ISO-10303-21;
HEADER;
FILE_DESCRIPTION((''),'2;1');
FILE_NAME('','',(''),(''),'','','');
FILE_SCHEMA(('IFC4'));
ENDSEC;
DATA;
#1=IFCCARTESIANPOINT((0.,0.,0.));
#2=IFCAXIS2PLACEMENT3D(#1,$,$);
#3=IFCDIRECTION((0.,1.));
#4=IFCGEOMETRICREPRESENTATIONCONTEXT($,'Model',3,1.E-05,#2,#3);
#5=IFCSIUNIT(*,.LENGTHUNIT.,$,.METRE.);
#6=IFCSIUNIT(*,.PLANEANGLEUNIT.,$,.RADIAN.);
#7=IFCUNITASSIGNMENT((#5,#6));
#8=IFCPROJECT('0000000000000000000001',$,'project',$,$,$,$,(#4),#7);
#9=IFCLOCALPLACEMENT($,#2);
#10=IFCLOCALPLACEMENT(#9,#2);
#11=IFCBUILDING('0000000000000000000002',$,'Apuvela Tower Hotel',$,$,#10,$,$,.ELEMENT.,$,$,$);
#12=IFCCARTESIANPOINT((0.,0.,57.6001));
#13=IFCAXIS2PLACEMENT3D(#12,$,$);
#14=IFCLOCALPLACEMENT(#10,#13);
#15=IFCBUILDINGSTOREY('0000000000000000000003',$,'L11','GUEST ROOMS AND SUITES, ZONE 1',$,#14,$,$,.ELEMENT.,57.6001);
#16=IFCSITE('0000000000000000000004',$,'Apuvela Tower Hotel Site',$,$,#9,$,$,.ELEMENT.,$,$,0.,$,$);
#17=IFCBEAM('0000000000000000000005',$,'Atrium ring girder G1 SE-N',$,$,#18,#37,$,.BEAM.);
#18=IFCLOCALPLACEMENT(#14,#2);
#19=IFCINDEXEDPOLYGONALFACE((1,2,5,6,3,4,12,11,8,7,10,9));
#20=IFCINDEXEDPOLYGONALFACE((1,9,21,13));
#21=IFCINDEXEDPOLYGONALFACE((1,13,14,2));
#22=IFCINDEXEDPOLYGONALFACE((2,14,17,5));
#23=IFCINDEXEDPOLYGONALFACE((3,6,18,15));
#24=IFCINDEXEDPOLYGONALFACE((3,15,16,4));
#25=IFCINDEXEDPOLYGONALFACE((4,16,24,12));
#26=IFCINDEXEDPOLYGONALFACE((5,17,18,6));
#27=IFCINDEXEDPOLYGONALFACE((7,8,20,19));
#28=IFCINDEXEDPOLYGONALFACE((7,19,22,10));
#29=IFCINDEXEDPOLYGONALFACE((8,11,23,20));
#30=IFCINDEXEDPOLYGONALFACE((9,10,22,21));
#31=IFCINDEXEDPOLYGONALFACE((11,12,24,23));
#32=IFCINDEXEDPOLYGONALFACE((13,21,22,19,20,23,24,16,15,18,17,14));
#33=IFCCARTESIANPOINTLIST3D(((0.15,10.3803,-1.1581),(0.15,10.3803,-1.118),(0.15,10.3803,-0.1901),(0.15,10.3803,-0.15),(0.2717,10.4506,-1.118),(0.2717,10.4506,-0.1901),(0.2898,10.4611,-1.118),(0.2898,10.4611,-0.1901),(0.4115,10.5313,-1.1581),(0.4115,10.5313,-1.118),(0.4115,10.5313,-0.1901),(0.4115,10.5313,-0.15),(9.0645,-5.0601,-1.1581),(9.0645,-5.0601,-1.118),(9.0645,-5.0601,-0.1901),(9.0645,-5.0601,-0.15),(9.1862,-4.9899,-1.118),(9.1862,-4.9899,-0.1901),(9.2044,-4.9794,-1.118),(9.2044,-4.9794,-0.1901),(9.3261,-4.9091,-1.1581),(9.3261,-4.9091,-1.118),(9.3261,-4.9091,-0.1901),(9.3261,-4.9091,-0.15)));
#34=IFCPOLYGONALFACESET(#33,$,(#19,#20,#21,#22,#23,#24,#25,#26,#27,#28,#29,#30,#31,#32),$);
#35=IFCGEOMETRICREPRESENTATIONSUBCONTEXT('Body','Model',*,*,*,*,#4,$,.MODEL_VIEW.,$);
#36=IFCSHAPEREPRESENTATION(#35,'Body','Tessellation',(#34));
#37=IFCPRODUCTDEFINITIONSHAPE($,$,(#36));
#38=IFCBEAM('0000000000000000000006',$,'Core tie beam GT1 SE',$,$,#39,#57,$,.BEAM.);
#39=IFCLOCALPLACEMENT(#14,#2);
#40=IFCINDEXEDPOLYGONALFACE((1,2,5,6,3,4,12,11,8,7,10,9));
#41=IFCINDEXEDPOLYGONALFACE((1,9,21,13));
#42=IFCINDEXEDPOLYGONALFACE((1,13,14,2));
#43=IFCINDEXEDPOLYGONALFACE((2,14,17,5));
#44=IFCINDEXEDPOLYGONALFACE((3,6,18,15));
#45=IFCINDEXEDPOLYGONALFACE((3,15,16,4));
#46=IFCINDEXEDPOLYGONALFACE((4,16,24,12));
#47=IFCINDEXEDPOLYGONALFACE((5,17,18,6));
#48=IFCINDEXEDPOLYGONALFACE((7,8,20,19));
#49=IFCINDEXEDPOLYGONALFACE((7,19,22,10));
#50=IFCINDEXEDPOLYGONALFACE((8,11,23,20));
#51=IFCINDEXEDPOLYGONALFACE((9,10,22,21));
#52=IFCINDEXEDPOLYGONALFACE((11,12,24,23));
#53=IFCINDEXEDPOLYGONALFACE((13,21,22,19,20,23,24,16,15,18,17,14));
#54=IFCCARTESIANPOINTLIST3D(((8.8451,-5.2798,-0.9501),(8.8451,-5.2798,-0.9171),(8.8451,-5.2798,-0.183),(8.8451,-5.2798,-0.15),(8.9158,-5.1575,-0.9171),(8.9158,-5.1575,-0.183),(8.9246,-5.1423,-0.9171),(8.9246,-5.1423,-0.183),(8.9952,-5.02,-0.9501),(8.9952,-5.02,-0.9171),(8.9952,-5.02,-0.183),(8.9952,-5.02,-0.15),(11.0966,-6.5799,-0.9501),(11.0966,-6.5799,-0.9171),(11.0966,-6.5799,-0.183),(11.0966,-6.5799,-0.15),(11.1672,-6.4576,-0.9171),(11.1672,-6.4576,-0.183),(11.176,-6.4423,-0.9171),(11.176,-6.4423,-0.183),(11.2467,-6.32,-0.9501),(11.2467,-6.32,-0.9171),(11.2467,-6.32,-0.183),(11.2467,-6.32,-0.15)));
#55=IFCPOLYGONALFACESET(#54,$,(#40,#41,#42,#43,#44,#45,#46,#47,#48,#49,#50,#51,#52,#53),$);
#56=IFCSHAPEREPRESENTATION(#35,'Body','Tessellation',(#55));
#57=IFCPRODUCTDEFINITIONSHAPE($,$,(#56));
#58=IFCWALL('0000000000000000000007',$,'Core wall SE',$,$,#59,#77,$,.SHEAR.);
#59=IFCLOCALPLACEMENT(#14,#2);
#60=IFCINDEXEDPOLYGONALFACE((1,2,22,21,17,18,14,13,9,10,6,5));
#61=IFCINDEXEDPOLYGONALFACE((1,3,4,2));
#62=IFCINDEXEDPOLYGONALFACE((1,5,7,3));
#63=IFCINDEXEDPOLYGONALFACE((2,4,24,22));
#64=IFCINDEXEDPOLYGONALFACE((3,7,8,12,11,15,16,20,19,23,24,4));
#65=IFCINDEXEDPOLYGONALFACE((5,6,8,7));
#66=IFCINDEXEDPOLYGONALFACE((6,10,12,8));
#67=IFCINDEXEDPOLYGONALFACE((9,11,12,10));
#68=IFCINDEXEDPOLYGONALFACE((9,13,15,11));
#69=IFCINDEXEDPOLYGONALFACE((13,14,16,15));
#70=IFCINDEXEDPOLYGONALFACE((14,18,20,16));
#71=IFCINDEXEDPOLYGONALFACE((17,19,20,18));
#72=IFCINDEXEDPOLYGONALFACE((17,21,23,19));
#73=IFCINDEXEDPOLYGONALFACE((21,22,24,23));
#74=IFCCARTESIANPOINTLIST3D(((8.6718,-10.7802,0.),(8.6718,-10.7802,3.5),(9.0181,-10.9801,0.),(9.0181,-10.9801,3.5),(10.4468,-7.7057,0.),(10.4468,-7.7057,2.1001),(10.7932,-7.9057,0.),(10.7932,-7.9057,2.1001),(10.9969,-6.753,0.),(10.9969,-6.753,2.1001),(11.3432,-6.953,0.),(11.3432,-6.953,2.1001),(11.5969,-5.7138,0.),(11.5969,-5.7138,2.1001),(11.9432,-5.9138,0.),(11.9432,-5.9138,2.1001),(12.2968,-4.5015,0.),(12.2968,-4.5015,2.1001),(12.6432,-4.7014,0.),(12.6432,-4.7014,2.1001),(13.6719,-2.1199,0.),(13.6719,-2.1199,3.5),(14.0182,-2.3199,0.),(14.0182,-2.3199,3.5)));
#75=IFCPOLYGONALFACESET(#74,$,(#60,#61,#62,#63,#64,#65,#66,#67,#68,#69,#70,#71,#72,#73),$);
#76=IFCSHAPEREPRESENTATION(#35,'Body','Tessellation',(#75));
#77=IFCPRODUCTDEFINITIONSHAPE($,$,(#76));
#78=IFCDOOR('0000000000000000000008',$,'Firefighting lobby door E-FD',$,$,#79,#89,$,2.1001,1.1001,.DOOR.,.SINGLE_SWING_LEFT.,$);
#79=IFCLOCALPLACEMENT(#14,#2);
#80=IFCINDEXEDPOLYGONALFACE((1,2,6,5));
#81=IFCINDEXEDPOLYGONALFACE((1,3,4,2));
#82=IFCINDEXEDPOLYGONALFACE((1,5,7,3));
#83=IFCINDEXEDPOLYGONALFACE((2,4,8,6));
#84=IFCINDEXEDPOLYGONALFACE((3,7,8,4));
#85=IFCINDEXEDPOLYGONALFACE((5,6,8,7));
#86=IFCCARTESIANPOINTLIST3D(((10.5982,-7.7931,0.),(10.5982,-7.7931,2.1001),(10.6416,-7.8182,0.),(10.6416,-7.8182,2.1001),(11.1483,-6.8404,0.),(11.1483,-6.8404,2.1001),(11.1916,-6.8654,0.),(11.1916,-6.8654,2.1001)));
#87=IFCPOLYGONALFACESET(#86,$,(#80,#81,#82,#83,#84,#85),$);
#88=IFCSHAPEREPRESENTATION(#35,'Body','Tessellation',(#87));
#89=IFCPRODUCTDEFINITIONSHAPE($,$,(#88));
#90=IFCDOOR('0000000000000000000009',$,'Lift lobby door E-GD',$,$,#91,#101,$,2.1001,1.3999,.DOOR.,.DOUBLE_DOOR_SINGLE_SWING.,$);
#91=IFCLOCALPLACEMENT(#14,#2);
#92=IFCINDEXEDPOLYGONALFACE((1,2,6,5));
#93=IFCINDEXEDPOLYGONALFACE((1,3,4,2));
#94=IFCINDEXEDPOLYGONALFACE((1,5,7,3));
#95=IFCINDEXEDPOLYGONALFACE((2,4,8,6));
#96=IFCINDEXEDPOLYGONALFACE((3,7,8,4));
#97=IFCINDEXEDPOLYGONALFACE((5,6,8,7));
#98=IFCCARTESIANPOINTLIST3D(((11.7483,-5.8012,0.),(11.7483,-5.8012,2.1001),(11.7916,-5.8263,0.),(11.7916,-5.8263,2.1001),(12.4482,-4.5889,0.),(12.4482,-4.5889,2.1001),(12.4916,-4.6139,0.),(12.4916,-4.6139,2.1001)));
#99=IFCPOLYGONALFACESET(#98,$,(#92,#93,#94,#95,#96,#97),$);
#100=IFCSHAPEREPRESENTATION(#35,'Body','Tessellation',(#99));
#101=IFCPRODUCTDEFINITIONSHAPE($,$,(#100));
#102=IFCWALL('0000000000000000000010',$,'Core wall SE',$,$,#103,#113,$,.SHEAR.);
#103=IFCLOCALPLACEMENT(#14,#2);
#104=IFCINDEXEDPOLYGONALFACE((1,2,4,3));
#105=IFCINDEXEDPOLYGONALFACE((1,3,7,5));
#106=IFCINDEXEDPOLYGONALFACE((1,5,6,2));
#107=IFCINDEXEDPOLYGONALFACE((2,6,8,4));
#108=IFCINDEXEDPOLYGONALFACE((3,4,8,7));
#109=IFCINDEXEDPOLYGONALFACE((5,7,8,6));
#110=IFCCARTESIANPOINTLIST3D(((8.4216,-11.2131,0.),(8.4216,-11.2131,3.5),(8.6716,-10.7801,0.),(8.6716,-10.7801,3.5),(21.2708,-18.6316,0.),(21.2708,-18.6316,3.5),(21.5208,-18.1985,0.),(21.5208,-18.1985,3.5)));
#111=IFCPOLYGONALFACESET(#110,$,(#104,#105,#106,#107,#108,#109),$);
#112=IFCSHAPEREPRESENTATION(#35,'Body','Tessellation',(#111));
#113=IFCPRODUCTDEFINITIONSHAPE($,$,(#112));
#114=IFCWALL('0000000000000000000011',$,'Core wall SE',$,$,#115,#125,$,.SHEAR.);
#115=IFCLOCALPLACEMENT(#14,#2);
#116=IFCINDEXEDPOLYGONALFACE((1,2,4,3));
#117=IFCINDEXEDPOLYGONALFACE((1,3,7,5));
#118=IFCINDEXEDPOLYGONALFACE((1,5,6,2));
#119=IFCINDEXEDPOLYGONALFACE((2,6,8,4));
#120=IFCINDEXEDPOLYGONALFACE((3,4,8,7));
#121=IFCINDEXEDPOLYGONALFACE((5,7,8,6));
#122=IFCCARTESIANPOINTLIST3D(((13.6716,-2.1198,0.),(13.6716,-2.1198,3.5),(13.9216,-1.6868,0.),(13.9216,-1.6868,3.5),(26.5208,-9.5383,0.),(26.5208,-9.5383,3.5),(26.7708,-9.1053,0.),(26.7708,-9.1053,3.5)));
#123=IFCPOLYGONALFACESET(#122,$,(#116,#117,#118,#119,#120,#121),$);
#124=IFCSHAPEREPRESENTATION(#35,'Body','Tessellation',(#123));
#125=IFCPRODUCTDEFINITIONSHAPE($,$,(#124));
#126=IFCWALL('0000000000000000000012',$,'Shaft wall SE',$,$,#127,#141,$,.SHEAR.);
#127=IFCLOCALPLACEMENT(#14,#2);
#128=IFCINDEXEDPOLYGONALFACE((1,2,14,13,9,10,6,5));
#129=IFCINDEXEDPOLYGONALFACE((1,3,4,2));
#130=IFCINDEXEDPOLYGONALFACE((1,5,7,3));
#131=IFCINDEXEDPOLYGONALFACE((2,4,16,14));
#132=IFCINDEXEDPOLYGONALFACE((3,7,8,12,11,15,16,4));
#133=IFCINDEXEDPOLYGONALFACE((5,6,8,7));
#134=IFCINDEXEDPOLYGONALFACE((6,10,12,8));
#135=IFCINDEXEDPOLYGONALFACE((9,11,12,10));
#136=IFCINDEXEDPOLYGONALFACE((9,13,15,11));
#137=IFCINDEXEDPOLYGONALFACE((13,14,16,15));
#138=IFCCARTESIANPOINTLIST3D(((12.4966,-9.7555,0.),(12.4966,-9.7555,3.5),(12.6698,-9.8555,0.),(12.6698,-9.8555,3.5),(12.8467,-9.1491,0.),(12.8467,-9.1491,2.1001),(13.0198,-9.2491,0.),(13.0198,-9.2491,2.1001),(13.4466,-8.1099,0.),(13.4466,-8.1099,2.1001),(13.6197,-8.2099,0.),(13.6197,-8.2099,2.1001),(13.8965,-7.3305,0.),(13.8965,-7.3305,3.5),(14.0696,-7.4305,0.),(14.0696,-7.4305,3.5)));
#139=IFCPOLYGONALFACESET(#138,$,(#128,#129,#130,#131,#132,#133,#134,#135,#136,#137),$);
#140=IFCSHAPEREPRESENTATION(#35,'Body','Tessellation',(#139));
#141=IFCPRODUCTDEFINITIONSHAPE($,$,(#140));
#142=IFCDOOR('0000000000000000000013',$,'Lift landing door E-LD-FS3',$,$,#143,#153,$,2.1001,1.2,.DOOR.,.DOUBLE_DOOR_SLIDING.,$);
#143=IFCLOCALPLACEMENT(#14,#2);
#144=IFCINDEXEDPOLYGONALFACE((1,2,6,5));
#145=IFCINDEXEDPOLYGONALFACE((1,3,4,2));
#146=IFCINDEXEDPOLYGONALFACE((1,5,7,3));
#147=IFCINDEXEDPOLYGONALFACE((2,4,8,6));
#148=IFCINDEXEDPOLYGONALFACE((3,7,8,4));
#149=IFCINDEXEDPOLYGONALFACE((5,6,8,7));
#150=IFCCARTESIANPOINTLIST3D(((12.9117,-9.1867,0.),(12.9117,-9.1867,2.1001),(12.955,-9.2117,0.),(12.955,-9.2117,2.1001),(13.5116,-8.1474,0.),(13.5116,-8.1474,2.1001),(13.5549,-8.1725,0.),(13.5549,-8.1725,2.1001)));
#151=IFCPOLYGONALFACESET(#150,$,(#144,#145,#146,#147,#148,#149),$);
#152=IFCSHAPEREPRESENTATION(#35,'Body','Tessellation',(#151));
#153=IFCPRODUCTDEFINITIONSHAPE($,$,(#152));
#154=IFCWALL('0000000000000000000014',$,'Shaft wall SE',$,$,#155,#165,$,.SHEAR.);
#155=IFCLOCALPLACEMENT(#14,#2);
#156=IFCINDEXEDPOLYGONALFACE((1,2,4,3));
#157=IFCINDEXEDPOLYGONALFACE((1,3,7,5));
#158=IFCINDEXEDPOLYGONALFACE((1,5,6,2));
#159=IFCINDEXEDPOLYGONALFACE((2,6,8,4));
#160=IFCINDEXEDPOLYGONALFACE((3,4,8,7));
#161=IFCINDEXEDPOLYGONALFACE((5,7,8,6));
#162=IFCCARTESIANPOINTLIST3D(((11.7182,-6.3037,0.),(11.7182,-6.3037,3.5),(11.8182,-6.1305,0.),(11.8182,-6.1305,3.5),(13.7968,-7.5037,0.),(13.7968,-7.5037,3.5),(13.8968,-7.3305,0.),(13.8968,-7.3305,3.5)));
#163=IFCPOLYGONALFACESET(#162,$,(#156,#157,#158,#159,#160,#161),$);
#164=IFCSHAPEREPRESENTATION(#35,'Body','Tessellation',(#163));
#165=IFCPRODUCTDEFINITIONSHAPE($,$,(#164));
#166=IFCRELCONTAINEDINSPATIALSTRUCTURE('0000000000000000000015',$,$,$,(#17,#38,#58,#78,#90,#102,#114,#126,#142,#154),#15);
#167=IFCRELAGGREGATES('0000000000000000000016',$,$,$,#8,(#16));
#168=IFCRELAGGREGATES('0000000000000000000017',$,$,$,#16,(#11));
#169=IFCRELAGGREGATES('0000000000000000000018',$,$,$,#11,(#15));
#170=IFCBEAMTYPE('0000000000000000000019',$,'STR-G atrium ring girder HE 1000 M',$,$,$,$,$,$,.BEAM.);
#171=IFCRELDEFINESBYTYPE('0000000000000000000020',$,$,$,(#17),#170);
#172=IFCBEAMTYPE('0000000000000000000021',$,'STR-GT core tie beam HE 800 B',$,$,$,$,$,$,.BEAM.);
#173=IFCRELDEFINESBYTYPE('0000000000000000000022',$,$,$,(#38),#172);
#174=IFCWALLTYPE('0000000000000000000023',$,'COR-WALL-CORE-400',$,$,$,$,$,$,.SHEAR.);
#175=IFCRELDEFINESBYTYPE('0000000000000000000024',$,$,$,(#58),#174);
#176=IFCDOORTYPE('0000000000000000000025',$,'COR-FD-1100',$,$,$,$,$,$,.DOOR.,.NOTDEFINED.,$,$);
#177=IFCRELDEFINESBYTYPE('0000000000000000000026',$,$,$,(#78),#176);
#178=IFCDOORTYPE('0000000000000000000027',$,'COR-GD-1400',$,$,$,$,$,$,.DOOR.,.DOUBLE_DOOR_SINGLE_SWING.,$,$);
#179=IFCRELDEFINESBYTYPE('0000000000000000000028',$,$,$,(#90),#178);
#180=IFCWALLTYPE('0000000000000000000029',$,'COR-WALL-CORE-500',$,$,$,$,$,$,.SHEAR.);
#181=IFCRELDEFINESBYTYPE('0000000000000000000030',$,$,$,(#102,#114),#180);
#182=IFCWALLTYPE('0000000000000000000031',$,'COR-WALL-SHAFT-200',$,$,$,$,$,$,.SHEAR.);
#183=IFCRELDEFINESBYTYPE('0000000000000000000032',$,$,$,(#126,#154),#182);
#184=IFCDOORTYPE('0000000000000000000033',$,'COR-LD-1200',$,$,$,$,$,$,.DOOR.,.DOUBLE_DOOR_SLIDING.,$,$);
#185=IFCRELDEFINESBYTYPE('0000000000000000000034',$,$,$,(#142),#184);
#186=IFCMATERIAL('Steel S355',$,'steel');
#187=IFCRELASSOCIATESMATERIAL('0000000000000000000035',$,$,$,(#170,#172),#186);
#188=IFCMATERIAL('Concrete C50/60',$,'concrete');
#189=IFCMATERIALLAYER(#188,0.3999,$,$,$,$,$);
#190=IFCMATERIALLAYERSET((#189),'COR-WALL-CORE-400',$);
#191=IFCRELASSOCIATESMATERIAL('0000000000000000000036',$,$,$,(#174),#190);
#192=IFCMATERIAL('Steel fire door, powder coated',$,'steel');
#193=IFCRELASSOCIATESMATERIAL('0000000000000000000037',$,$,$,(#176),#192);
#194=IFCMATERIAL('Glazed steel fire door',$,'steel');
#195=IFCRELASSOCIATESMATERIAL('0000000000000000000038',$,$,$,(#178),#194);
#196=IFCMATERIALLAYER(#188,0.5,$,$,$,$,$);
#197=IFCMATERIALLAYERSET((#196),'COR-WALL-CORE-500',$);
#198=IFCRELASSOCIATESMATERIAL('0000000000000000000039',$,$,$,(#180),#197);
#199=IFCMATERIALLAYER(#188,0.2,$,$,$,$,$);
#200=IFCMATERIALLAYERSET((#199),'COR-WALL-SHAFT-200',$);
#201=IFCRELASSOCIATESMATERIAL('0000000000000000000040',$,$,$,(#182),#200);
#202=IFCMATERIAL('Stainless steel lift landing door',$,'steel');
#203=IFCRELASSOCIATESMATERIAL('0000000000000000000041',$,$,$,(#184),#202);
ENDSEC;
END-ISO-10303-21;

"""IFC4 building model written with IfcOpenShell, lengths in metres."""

from ifc_helpers import new_model, si_unit, direction, frame, frame_2d, origin, origin_2d, place, context, subcontext, project, spatial, rectangle, i_section, extrude, material, layer, layer_set, material_profile, profile_set, type_object, element, fill, save


model = new_model("IFC4")

# Units and contexts
model_context = context("Model", 3, precision=1e-05, world=origin(), true_north=direction((0.0, 1.0)))
body_context = subcontext(model_context, "Body", "Model", "MODEL_VIEW")
ifc_project = project(units=[si_unit("LENGTHUNIT", "METRE"), si_unit("PLANEANGLEUNIT", "RADIAN")], contexts=[model_context])

# Site, building, storey
site_placement = place(None, origin())
site = spatial("IfcSite", under=ifc_project, at=site_placement, Name="Apuvela Tower Hotel Site", CompositionType="ELEMENT", RefElevation=0.0)
building_placement = place(site_placement, origin())
building = spatial("IfcBuilding", under=site, at=building_placement, Name="Apuvela Tower Hotel", CompositionType="ELEMENT")
storey_placement = place(building_placement, frame((0.0, 0.0, 57.6001)))
storey = spatial("IfcBuildingStorey", under=building, at=storey_placement, Name="L11", Description="GUEST ROOMS AND SUITES, ZONE 1", CompositionType="ELEMENT", Elevation=57.6001)

# Beams
ifc_material_1 = material(Name="Steel S355", Category="steel")
ifc_material_profile_1 = material_profile(ifc_material_1, i_section(OverallWidth=0.302, OverallDepth=1.0081, WebThickness=0.021, FlangeThickness=0.04, at=origin_2d()), Name="HE 1000 M")
ifc_profile_set_1 = profile_set([ifc_material_profile_1], Name="Steel S355")
beam_type_1 = type_object("IfcBeamType", Name="STR-G atrium ring girder HE 1000 M", PredefinedType="BEAM", material=ifc_profile_set_1)
beam_1_placement = place(storey_placement, frame((9.1953, -4.9846, -0.6541), z_axis=(-0.500001, 0.866025, 0.0), x_axis=(-0.866025, -0.500001, 0.0)))
element("IfcBeam", 1, at=beam_1_placement, inside=storey, type_object=beam_type_1, Name="Atrium ring girder G1 SE-N", PredefinedType="BEAM", context=body_context, shape_type="SweptSolid", body=[
    extrude(i_section(OverallWidth=0.302, OverallDepth=1.0081, WebThickness=0.021, FlangeThickness=0.04, at=origin_2d()), origin(), (0.0, 0.0, 1.0), 17.8291),
])
ifc_material_profile_2 = material_profile(ifc_material_1, i_section(OverallWidth=0.3, OverallDepth=0.8, WebThickness=0.0176, FlangeThickness=0.033, at=origin_2d()), Name="HE 800 B")
ifc_profile_set_2 = profile_set([ifc_material_profile_2], Name="Steel S355")
beam_type_2 = type_object("IfcBeamType", Name="STR-GT core tie beam HE 800 B", PredefinedType="BEAM", material=ifc_profile_set_2)
beam_2_placement = place(storey_placement, frame((11.1716, -6.45, -0.55), z_axis=(-0.865998, 0.500048, 0.0), x_axis=(-0.500048, -0.865998, 0.0)))
element("IfcBeam", 2, at=beam_2_placement, inside=storey, type_object=beam_type_2, Name="Core tie beam GT1 SE", PredefinedType="BEAM", context=body_context, shape_type="SweptSolid", body=[
    extrude(i_section(OverallWidth=0.3, OverallDepth=0.8, WebThickness=0.0176, FlangeThickness=0.033, at=origin_2d()), origin(), (0.0, 0.0, 1.0), 2.5999),
])

# Wall, openings, doors
ifc_material_2 = material(Name="Concrete C50/60", Category="concrete")
ifc_layer_1 = layer(ifc_material_2, 0.3999)
ifc_layer_set_1 = layer_set([ifc_layer_1], Name="COR-WALL-CORE-400")
wall_type_1 = type_object("IfcWallType", Name="COR-WALL-CORE-400", PredefinedType="SHEAR", material=ifc_layer_set_1)
wall_1_placement = place(storey_placement, frame((8.845, -10.8801, 0.0), z_axis=(0.0, 0.0, 1.0), x_axis=(0.500004, 0.866023, 0.0)))
wall_1 = element("IfcWall", 3, at=wall_1_placement, inside=storey, type_object=wall_type_1, Name="Core wall SE", PredefinedType="SHEAR", context=body_context, shape_type="SweptSolid", body=[
    extrude(rectangle(XDim=10.0, YDim=0.3999, at=frame_2d((5.0, 0.0))), origin(), (0.0, 0.0, 1.0), 3.5),
])
opening_1_placement = place(wall_1_placement, frame((3.55, 0.0, 0.0)))
opening_1 = element("IfcOpeningElement", 4, at=opening_1_placement, cuts=wall_1, PredefinedType="OPENING", context=body_context, shape_type="SweptSolid", body=[
    extrude(rectangle(XDim=1.1001, YDim=2.1001, at=frame_2d((0.55, 1.05))), frame((0.0, 0.21, 0.0), z_axis=(0.0, -1.0, 0.0), x_axis=(1.0, 0.0, 0.0)), (0.0, 0.0, 1.0), 0.4199),
])
opening_2_placement = place(wall_1_placement, frame((5.8501, 0.0, 0.0)))
opening_2 = element("IfcOpeningElement", 5, at=opening_2_placement, cuts=wall_1, PredefinedType="OPENING", context=body_context, shape_type="SweptSolid", body=[
    extrude(rectangle(XDim=1.3999, YDim=2.1001, at=frame_2d((0.7, 1.05))), frame((0.0, 0.21, 0.0), z_axis=(0.0, -1.0, 0.0), x_axis=(1.0, 0.0, 0.0)), (0.0, 0.0, 1.0), 0.4199),
])
ifc_material_3 = material(Name="Steel fire door, powder coated", Category="steel")
door_type_1 = type_object("IfcDoorType", Name="COR-FD-1100", OperationType="NOTDEFINED", PredefinedType="DOOR", material=ifc_material_3)
door_1_placement = place(opening_1_placement, frame((1.1001, 0.0, 0.0), z_axis=(0.0, 0.0, 1.0), x_axis=(-1.0, 0.0, 0.0)))
door_1 = element("IfcDoor", 6, at=door_1_placement, inside=storey, type_object=door_type_1, Name="Firefighting lobby door E-FD", OperationType="SINGLE_SWING_LEFT", OverallHeight=2.1001, OverallWidth=1.1001, PredefinedType="DOOR", context=body_context, shape_type="SweptSolid", body=[
    extrude(rectangle(XDim=1.1001, YDim=2.1001, at=frame_2d((0.55, 1.05))), frame((0.0, 0.0249, 0.0), z_axis=(0.0, -1.0, 0.0), x_axis=(1.0, 0.0, 0.0)), (0.0, 0.0, 1.0), 0.05),
])
fill(opening_1, door_1)
ifc_material_4 = material(Name="Glazed steel fire door", Category="steel")
door_type_2 = type_object("IfcDoorType", Name="COR-GD-1400", OperationType="DOUBLE_DOOR_SINGLE_SWING", PredefinedType="DOOR", material=ifc_material_4)
door_2_placement = place(opening_2_placement, frame((1.3999, 0.0, 0.0), z_axis=(0.0, 0.0, 1.0), x_axis=(-1.0, 0.0, 0.0)))
door_2 = element("IfcDoor", 7, at=door_2_placement, inside=storey, type_object=door_type_2, Name="Lift lobby door E-GD", OperationType="DOUBLE_DOOR_SINGLE_SWING", OverallHeight=2.1001, OverallWidth=1.3999, PredefinedType="DOOR", context=body_context, shape_type="SweptSolid", body=[
    extrude(rectangle(XDim=1.3999, YDim=2.1001, at=frame_2d((0.7, 1.05))), frame((0.0, 0.0249, 0.0), z_axis=(0.0, -1.0, 0.0), x_axis=(1.0, 0.0, 0.0)), (0.0, 0.0, 1.0), 0.05),
])
fill(opening_2, door_2)

# Walls
ifc_layer_2 = layer(ifc_material_2, 0.5)
ifc_layer_set_2 = layer_set([ifc_layer_2], Name="COR-WALL-CORE-500")
wall_type_2 = type_object("IfcWallType", Name="COR-WALL-CORE-500", PredefinedType="SHEAR", material=ifc_layer_set_2)
for number, where, z_axis, x_axis, name in (
    (8, (8.5466, -10.9966, 0.0), (0.0, 0.0, 1.0), (0.866025, -0.500001, 0.0), "Core wall SE"),
    (9, (13.7966, -1.9033, 0.0), (0.0, 0.0, 1.0), (0.866025, -0.500001, 0.0), "Core wall SE"),
):
    element("IfcWall", number, at=place(storey_placement, frame(where, z_axis=z_axis, x_axis=x_axis)), inside=storey, type_object=wall_type_2, Name=name, PredefinedType="SHEAR", context=body_context, shape_type="SweptSolid", body=[
        extrude(rectangle(XDim=14.8369, YDim=0.5, at=frame_2d((7.4185, 0.0))), origin(), (0.0, 0.0, 1.0), 3.5),
    ])

# Wall, opening, door
ifc_layer_3 = layer(ifc_material_2, 0.2)
ifc_layer_set_3 = layer_set([ifc_layer_3], Name="COR-WALL-SHAFT-200")
wall_type_3 = type_object("IfcWallType", Name="COR-WALL-SHAFT-200", PredefinedType="SHEAR", material=ifc_layer_set_3)
wall_2_placement = place(storey_placement, frame((12.5833, -9.8054, 0.0), z_axis=(0.0, 0.0, 1.0), x_axis=(0.499946, 0.866056, 0.0)))
wall_2 = element("IfcWall", 10, at=wall_2_placement, inside=storey, type_object=wall_type_3, Name="Shaft wall SE", PredefinedType="SHEAR", context=body_context, shape_type="SweptSolid", body=[
    extrude(rectangle(XDim=2.8, YDim=0.2, at=frame_2d((1.3999, 0.0))), origin(), (0.0, 0.0, 1.0), 3.5),
])
opening_3_placement = place(wall_2_placement, frame((0.7, 0.0, 0.0)))
opening_3 = element("IfcOpeningElement", 11, at=opening_3_placement, cuts=wall_2, PredefinedType="OPENING", context=body_context, shape_type="SweptSolid", body=[
    extrude(rectangle(XDim=1.2, YDim=2.1001, at=frame_2d((0.6001, 1.05))), frame((0.0, 0.1099, 0.0), z_axis=(0.0, -1.0, 0.0), x_axis=(1.0, 0.0, 0.0)), (0.0, 0.0, 1.0), 0.22),
])
ifc_material_5 = material(Name="Stainless steel lift landing door", Category="steel")
door_type_3 = type_object("IfcDoorType", Name="COR-LD-1200", OperationType="DOUBLE_DOOR_SLIDING", PredefinedType="DOOR", material=ifc_material_5)
door_3_placement = place(opening_3_placement, origin())
door_3 = element("IfcDoor", 12, at=door_3_placement, inside=storey, type_object=door_type_3, Name="Lift landing door E-LD-FS3", OperationType="DOUBLE_DOOR_SLIDING", OverallHeight=2.1001, OverallWidth=1.2, PredefinedType="DOOR", context=body_context, shape_type="SweptSolid", body=[
    extrude(rectangle(XDim=1.2, YDim=2.1001, at=frame_2d((0.6001, 1.05))), frame((0.0, 0.0249, 0.0), z_axis=(0.0, -1.0, 0.0), x_axis=(1.0, 0.0, 0.0)), (0.0, 0.0, 1.0), 0.05),
])
fill(opening_3, door_3)

# Wall
wall_3_placement = place(storey_placement, frame((11.7681, -6.217, 0.0), z_axis=(0.0, 0.0, 1.0), x_axis=(0.86605, -0.499957, 0.0)))
element("IfcWall", 13, at=wall_3_placement, inside=storey, type_object=wall_type_3, Name="Shaft wall SE", PredefinedType="SHEAR", context=body_context, shape_type="SweptSolid", body=[
    extrude(rectangle(XDim=2.4001, YDim=0.2, at=frame_2d((1.2002, 0.0))), origin(), (0.0, 0.0, 1.0), 3.5),
])

save(model, "model.ifc")
